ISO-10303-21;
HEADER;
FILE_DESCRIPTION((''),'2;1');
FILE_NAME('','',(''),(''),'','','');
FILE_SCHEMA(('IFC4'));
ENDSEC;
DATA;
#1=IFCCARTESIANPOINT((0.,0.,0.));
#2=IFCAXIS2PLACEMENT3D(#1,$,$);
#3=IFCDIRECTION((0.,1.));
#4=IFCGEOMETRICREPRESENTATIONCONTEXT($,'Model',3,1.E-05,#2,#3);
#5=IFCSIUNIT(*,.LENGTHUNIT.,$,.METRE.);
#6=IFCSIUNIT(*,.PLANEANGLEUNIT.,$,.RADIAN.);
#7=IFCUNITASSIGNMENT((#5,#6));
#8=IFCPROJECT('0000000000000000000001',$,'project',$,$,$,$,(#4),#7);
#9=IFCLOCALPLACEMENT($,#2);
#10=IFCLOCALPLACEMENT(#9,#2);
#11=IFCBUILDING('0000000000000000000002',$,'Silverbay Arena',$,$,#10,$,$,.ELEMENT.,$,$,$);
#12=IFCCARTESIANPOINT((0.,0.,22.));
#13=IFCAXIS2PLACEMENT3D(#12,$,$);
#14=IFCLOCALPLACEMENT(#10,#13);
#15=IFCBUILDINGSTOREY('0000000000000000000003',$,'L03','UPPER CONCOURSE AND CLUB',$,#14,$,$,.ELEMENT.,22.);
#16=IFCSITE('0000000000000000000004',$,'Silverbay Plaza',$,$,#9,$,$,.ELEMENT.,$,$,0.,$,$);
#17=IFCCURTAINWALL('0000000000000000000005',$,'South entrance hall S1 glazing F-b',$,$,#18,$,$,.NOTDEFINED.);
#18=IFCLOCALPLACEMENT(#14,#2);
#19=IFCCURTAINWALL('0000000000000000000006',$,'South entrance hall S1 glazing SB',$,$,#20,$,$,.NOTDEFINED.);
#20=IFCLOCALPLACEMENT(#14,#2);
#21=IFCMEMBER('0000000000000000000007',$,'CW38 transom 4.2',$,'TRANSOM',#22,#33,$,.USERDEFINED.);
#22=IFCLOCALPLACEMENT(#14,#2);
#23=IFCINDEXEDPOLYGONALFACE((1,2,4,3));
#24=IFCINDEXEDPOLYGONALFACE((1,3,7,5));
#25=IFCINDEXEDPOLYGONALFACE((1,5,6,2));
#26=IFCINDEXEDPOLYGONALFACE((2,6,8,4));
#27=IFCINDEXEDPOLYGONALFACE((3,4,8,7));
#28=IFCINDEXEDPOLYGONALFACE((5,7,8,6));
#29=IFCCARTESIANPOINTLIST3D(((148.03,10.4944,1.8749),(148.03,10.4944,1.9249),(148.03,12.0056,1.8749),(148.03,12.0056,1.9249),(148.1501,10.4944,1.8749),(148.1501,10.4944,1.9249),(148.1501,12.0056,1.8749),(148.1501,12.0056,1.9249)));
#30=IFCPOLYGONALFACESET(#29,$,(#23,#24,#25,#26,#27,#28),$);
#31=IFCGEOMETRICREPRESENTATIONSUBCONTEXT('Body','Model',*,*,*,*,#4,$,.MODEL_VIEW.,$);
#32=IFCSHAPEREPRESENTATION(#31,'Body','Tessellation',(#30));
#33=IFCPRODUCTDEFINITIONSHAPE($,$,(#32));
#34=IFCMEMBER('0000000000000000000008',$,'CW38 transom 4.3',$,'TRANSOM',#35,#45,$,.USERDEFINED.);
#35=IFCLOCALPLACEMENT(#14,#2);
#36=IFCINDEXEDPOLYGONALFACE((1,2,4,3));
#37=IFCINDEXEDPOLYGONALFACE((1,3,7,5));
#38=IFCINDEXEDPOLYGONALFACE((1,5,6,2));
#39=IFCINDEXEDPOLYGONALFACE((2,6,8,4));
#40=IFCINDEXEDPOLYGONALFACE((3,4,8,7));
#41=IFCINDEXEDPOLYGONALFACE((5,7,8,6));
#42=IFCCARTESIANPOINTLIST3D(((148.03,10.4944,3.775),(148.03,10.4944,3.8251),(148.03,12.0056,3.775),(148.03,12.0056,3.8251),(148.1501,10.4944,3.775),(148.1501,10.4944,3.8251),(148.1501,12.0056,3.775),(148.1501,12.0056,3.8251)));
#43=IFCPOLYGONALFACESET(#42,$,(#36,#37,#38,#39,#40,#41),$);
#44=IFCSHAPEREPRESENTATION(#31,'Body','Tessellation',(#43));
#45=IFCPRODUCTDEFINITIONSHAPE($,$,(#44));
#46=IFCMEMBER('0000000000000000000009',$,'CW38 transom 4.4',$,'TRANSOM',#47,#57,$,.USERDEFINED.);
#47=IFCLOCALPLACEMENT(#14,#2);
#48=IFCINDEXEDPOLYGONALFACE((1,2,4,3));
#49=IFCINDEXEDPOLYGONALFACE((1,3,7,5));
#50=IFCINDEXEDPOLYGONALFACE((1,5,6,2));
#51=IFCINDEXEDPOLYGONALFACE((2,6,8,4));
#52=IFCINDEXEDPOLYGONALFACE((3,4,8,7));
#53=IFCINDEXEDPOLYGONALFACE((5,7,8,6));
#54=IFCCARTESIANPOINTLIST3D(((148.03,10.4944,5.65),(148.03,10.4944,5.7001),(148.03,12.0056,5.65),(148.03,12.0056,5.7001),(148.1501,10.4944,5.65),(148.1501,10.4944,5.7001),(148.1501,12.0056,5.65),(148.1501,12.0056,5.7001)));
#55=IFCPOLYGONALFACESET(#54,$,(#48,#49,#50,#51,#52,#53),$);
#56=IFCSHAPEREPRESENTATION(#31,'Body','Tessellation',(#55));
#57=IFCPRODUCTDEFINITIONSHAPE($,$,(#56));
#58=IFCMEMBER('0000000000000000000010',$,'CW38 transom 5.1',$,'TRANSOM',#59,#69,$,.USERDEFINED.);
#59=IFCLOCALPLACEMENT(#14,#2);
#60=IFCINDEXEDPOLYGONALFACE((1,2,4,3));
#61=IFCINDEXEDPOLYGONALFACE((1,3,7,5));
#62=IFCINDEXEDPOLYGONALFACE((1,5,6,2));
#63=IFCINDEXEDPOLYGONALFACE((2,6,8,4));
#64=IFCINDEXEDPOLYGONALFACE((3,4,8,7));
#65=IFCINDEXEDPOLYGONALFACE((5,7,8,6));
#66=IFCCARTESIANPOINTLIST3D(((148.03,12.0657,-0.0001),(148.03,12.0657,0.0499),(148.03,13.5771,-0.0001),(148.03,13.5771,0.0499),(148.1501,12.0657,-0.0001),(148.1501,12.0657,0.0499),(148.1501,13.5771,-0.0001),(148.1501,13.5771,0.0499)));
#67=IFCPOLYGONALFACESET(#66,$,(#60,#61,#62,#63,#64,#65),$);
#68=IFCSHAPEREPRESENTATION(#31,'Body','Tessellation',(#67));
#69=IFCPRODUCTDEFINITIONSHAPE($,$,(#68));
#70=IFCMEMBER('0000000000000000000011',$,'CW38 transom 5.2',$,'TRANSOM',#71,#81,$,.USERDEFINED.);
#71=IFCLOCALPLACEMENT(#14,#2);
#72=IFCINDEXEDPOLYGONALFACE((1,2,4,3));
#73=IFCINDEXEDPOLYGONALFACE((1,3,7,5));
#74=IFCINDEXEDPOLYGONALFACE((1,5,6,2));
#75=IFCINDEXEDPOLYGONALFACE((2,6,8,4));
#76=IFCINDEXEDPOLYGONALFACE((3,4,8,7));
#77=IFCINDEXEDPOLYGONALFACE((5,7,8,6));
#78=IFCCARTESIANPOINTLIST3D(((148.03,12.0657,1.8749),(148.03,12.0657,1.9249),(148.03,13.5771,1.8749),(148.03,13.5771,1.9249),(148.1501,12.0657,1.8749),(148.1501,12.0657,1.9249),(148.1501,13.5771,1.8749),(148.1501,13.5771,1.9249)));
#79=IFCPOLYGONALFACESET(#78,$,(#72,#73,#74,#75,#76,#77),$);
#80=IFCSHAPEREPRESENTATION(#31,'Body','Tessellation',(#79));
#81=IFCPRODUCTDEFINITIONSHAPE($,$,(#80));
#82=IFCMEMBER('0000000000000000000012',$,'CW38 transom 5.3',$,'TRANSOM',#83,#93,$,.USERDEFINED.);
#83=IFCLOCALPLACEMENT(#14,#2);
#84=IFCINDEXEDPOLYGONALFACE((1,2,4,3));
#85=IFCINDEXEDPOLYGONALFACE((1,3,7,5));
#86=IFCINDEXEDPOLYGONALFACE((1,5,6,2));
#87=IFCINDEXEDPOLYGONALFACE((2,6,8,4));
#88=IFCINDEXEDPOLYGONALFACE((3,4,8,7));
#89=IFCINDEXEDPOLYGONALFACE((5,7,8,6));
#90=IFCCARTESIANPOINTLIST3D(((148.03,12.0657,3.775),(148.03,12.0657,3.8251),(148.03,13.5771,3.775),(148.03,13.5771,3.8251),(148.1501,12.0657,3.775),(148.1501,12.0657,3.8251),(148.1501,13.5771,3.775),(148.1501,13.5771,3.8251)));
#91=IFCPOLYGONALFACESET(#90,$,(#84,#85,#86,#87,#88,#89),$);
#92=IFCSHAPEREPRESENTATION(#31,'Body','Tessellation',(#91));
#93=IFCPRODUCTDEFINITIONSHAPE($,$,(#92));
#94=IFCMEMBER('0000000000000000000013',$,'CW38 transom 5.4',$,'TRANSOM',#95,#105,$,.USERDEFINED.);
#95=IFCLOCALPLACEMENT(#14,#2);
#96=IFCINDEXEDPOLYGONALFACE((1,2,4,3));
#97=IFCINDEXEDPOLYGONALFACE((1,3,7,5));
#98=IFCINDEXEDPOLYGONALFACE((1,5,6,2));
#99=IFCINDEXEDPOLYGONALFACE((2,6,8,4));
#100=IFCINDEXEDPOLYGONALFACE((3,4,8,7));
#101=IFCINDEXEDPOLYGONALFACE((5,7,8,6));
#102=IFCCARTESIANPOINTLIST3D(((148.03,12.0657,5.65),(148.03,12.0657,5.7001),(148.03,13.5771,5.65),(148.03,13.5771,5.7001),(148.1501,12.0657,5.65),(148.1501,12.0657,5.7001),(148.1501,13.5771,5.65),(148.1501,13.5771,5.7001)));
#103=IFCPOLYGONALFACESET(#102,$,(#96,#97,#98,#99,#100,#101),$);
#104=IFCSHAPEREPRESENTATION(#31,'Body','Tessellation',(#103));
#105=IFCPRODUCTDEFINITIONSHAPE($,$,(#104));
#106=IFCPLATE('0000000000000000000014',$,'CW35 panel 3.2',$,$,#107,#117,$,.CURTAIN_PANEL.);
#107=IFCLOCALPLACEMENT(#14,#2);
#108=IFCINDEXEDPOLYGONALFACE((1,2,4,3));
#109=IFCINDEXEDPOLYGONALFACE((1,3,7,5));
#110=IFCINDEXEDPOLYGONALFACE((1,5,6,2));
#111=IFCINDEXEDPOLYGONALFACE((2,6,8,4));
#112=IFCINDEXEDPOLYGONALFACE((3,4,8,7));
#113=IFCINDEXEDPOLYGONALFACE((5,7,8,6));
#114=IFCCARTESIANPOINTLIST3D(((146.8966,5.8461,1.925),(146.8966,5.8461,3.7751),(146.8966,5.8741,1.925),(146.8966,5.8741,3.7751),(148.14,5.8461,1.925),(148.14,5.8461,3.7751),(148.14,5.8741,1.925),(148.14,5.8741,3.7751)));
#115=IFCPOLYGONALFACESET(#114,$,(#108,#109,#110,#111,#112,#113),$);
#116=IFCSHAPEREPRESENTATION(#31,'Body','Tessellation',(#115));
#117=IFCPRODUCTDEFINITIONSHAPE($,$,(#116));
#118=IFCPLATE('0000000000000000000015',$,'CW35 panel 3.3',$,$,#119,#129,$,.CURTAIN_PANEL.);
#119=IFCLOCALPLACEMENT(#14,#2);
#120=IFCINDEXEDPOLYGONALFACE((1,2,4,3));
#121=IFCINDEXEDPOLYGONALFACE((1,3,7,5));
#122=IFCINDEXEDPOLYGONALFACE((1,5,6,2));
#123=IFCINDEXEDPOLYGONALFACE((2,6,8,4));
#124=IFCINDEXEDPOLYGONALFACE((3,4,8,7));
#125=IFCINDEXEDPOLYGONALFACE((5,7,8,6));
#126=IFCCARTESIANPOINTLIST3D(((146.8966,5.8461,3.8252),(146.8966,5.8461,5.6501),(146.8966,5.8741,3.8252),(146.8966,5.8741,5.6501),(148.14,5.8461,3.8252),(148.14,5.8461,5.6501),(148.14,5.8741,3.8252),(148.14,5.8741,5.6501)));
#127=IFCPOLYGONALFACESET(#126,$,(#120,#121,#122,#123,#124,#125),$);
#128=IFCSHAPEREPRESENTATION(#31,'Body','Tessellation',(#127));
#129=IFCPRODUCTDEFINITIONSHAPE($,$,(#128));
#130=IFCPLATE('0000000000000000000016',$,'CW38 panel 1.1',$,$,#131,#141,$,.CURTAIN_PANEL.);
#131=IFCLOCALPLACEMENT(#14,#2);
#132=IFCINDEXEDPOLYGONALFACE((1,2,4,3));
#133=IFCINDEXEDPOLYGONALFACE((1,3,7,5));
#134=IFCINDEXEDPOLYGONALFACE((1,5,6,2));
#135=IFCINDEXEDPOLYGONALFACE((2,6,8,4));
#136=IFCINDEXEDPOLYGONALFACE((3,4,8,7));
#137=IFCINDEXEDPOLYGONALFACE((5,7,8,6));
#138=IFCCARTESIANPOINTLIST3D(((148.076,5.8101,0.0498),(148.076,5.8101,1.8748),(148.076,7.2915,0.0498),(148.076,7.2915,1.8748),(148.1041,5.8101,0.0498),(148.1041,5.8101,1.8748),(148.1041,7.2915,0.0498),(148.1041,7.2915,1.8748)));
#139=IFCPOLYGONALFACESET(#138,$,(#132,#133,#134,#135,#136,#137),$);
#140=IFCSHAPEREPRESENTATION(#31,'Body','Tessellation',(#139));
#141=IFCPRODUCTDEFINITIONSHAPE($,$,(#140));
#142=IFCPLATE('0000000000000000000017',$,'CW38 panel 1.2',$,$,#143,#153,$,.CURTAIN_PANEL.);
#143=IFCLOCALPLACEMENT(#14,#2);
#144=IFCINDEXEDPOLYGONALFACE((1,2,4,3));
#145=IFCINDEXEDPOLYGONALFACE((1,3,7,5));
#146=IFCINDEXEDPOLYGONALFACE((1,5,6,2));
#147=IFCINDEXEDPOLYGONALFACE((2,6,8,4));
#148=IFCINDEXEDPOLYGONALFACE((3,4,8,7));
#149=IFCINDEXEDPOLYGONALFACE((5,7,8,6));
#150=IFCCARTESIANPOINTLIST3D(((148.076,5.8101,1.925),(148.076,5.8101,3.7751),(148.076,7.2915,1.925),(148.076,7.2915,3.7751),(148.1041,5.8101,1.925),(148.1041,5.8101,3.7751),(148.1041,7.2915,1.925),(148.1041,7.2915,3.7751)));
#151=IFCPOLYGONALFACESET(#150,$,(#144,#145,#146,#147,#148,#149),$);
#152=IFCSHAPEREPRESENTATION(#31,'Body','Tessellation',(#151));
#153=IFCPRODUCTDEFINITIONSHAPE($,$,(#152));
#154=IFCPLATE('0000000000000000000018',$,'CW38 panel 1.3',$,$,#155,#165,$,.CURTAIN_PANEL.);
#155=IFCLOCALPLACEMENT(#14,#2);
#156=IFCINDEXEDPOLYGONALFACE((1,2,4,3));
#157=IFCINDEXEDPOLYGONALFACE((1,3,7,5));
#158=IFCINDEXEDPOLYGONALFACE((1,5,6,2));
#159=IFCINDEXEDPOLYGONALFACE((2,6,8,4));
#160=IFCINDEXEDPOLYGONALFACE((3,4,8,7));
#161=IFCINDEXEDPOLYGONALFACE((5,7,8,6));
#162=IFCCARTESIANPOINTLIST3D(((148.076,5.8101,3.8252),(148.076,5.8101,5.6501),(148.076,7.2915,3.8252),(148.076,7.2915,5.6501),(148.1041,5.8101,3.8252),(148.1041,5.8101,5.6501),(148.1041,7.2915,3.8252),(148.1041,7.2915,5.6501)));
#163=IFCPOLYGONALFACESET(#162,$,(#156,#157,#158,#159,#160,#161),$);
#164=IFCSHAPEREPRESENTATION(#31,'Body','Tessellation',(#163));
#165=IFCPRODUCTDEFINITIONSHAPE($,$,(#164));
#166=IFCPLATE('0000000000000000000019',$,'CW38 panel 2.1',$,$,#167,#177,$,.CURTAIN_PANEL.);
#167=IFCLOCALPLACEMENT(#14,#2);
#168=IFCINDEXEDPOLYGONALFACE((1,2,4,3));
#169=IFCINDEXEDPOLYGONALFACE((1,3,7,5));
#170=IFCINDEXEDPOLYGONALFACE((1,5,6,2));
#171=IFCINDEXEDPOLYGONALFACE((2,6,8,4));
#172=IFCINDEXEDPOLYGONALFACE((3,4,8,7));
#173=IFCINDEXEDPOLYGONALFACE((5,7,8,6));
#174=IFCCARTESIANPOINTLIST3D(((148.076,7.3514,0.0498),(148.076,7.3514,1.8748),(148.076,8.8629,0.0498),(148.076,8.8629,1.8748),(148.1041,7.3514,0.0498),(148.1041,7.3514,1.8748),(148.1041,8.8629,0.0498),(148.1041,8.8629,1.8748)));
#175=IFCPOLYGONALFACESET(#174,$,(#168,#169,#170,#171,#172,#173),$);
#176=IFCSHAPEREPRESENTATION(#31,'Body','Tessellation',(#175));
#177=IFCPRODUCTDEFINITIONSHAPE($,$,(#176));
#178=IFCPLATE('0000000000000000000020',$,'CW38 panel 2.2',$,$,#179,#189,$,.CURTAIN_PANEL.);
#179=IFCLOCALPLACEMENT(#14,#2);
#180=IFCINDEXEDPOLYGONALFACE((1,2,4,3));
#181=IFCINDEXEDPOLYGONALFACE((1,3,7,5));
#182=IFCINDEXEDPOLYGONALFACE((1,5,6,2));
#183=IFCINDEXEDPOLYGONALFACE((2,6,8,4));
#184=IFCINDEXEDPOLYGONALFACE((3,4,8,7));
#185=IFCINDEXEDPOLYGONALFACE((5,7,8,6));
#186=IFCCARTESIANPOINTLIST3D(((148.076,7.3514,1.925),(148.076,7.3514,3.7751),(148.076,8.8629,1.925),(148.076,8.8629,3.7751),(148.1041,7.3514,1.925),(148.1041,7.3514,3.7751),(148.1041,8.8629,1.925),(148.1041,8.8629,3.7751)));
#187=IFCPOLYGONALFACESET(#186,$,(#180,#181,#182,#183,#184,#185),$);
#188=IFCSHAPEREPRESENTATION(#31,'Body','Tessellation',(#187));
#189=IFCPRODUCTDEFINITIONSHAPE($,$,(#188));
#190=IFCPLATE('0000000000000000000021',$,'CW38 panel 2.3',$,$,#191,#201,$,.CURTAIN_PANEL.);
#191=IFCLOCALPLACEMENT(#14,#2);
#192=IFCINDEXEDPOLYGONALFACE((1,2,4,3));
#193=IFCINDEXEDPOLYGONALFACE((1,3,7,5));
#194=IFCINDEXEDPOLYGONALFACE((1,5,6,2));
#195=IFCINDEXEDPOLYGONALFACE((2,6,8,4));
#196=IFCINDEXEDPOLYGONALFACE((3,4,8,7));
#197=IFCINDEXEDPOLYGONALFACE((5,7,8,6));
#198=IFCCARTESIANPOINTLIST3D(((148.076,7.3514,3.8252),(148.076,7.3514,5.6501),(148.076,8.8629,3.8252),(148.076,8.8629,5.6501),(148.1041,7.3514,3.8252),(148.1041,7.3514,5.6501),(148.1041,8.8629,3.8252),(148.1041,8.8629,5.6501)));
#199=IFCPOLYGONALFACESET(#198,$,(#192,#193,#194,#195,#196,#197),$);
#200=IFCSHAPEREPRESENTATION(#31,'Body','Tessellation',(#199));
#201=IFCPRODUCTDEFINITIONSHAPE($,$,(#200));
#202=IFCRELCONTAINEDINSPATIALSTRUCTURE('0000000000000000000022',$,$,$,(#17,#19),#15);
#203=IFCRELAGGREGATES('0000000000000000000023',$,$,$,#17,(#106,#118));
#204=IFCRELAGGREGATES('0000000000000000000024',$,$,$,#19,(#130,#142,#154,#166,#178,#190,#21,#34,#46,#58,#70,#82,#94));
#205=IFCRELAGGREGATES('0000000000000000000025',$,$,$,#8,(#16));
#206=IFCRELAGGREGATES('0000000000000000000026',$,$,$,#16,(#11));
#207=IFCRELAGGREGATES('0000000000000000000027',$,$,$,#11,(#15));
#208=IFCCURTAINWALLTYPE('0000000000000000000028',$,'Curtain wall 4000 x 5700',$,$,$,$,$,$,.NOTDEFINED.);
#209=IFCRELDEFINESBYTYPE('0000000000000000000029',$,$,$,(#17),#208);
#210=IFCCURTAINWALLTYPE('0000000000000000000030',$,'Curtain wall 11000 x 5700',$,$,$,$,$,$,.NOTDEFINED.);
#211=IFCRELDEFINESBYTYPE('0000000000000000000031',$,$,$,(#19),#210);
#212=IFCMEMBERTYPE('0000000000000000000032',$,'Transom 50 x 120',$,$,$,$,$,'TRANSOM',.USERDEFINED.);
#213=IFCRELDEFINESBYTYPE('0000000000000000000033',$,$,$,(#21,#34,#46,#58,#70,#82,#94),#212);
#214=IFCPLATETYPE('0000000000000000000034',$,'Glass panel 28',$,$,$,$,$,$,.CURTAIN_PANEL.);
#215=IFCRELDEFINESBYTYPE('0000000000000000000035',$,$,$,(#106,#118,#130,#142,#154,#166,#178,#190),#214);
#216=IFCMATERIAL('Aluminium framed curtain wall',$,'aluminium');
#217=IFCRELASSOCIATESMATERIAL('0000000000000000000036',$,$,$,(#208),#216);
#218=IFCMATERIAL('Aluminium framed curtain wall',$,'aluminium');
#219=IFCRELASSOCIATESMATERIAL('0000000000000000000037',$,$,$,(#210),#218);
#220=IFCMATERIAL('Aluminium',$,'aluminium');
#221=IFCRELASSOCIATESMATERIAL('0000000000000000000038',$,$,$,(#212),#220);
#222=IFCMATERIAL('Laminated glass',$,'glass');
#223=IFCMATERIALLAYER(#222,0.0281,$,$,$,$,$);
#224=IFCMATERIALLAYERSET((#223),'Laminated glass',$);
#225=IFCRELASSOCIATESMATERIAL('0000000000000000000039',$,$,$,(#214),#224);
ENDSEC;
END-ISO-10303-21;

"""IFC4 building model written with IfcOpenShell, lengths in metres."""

from ifc_helpers import new_model, si_unit, direction, frame, origin, origin_2d, place, context, subcontext, project, spatial, rectangle, extrude, material, layer, layer_set, material_profile, profile_set, type_object, element, aggregate, save


model = new_model("IFC4")

# Units and contexts
model_context = context("Model", 3, precision=1e-05, world=origin(), true_north=direction((0.0, 1.0)))
body_context = subcontext(model_context, "Body", "Model", "MODEL_VIEW")
ifc_project = project(units=[si_unit("LENGTHUNIT", "METRE"), si_unit("PLANEANGLEUNIT", "RADIAN")], contexts=[model_context])

# Site, building, storey
site_placement = place(None, origin())
site = spatial("IfcSite", under=ifc_project, at=site_placement, Name="Silverbay Plaza", CompositionType="ELEMENT", RefElevation=0.0)
building_placement = place(site_placement, origin())
building = spatial("IfcBuilding", under=site, at=building_placement, Name="Silverbay Arena", CompositionType="ELEMENT")
storey_placement = place(building_placement, frame((0.0, 0.0, 22.0)))
storey = spatial("IfcBuildingStorey", under=building, at=storey_placement, Name="L03", Description="UPPER CONCOURSE AND CLUB", CompositionType="ELEMENT", Elevation=22.0)

# Curtain wall
ifc_material_1 = material(Name="Aluminium framed curtain wall", Category="aluminium")
curtain_wall_type_1 = type_object("IfcCurtainWallType", Name="Curtain wall 4000 x 5700", PredefinedType="NOTDEFINED", material=ifc_material_1)
curtain_wall_1_placement = place(storey_placement, origin())
curtain_wall_1 = element("IfcCurtainWall", 1, at=curtain_wall_1_placement, inside=storey, type_object=curtain_wall_type_1, Name="South entrance hall S1 glazing F-b", PredefinedType="NOTDEFINED")

# Curtain wall, members
ifc_material_2 = material(Name="Aluminium framed curtain wall", Category="aluminium")
curtain_wall_type_2 = type_object("IfcCurtainWallType", Name="Curtain wall 11000 x 5700", PredefinedType="NOTDEFINED", material=ifc_material_2)
curtain_wall_2_placement = place(storey_placement, origin())
curtain_wall_2 = element("IfcCurtainWall", 2, at=curtain_wall_2_placement, inside=storey, type_object=curtain_wall_type_2, Name="South entrance hall S1 glazing SB", PredefinedType="NOTDEFINED")
ifc_material_3 = material(Name="Aluminium", Category="aluminium")
ifc_material_profile_1 = material_profile(ifc_material_3, rectangle(XDim=0.1201, YDim=0.05, at=origin_2d()), Name="Transom 50 x 120")
ifc_profile_set_1 = profile_set([ifc_material_profile_1], Name="Aluminium")
member_type_1 = type_object("IfcMemberType", Name="Transom 50 x 120", ElementType="TRANSOM", PredefinedType="USERDEFINED", material=ifc_profile_set_1)
member_1_placement = place(storey_placement, frame((148.0901, 10.4944, 1.8999), z_axis=(0.0, 1.0, 0.0), x_axis=(-1.0, 0.0, 0.0)))
member_1 = element("IfcMember", 3, at=member_1_placement, type_object=member_type_1, Name="CW38 transom 4.2", ObjectType="TRANSOM", PredefinedType="USERDEFINED", context=body_context, shape_type="SweptSolid", body=[
    extrude(rectangle(XDim=0.1201, YDim=0.05, at=origin_2d()), origin(), (0.0, 0.0, 1.0), 1.5112),
])
member_2_placement = place(storey_placement, frame((148.0901, 10.4944, 3.8), z_axis=(0.0, 1.0, 0.0), x_axis=(-1.0, 0.0, 0.0)))
member_2 = element("IfcMember", 4, at=member_2_placement, type_object=member_type_1, Name="CW38 transom 4.3", ObjectType="TRANSOM", PredefinedType="USERDEFINED", context=body_context, shape_type="SweptSolid", body=[
    extrude(rectangle(XDim=0.1201, YDim=0.05, at=origin_2d()), origin(), (0.0, 0.0, 1.0), 1.5112),
])
member_3_placement = place(storey_placement, frame((148.0901, 10.4944, 5.675), z_axis=(0.0, 1.0, 0.0), x_axis=(-1.0, 0.0, 0.0)))
member_3 = element("IfcMember", 5, at=member_3_placement, type_object=member_type_1, Name="CW38 transom 4.4", ObjectType="TRANSOM", PredefinedType="USERDEFINED", context=body_context, shape_type="SweptSolid", body=[
    extrude(rectangle(XDim=0.1201, YDim=0.05, at=origin_2d()), origin(), (0.0, 0.0, 1.0), 1.5112),
])
member_4_placement = place(storey_placement, frame((148.0901, 12.0657, 0.0249), z_axis=(0.0, 1.0, 0.0), x_axis=(-1.0, 0.0, 0.0)))
member_4 = element("IfcMember", 6, at=member_4_placement, type_object=member_type_1, Name="CW38 transom 5.1", ObjectType="TRANSOM", PredefinedType="USERDEFINED", context=body_context, shape_type="SweptSolid", body=[
    extrude(rectangle(XDim=0.1201, YDim=0.05, at=origin_2d()), origin(), (0.0, 0.0, 1.0), 1.5115),
])
member_5_placement = place(storey_placement, frame((148.0901, 12.0657, 1.8999), z_axis=(0.0, 1.0, 0.0), x_axis=(-1.0, 0.0, 0.0)))
member_5 = element("IfcMember", 7, at=member_5_placement, type_object=member_type_1, Name="CW38 transom 5.2", ObjectType="TRANSOM", PredefinedType="USERDEFINED", context=body_context, shape_type="SweptSolid", body=[
    extrude(rectangle(XDim=0.1201, YDim=0.05, at=origin_2d()), origin(), (0.0, 0.0, 1.0), 1.5115),
])
member_6_placement = place(storey_placement, frame((148.0901, 12.0657, 3.8), z_axis=(0.0, 1.0, 0.0), x_axis=(-1.0, 0.0, 0.0)))
member_6 = element("IfcMember", 8, at=member_6_placement, type_object=member_type_1, Name="CW38 transom 5.3", ObjectType="TRANSOM", PredefinedType="USERDEFINED", context=body_context, shape_type="SweptSolid", body=[
    extrude(rectangle(XDim=0.1201, YDim=0.05, at=origin_2d()), origin(), (0.0, 0.0, 1.0), 1.5115),
])
member_7_placement = place(storey_placement, frame((148.0901, 12.0657, 5.675), z_axis=(0.0, 1.0, 0.0), x_axis=(-1.0, 0.0, 0.0)))
member_7 = element("IfcMember", 9, at=member_7_placement, type_object=member_type_1, Name="CW38 transom 5.4", ObjectType="TRANSOM", PredefinedType="USERDEFINED", context=body_context, shape_type="SweptSolid", body=[
    extrude(rectangle(XDim=0.1201, YDim=0.05, at=origin_2d()), origin(), (0.0, 0.0, 1.0), 1.5115),
])

# Plates
ifc_material_4 = material(Name="Laminated glass", Category="glass")
ifc_layer = layer(ifc_material_4, 0.0281)
ifc_layer_set = layer_set([ifc_layer], Name="Laminated glass")
plate_type = type_object("IfcPlateType", Name="Glass panel 28", PredefinedType="CURTAIN_PANEL", material=ifc_layer_set)
plate_1_placement = place(storey_placement, frame((147.5183, 5.8601, 1.925), z_axis=(0.0, 0.0, 1.0), x_axis=(1.0, 0.0, 0.0)))
plate_1 = element("IfcPlate", 10, at=plate_1_placement, type_object=plate_type, Name="CW35 panel 3.2", PredefinedType="CURTAIN_PANEL", context=body_context, shape_type="SweptSolid", body=[
    extrude(rectangle(XDim=1.2434, YDim=0.0281, at=origin_2d()), origin(), (0.0, 0.0, 1.0), 1.8501),
])
plate_2_placement = place(storey_placement, frame((147.5183, 5.8601, 3.8252), z_axis=(0.0, 0.0, 1.0), x_axis=(1.0, 0.0, 0.0)))
plate_2 = element("IfcPlate", 11, at=plate_2_placement, type_object=plate_type, Name="CW35 panel 3.3", PredefinedType="CURTAIN_PANEL", context=body_context, shape_type="SweptSolid", body=[
    extrude(rectangle(XDim=1.2434, YDim=0.0281, at=origin_2d()), origin(), (0.0, 0.0, 1.0), 1.825),
])
aggregate(curtain_wall_1, [plate_1, plate_2])
plate_3_placement = place(storey_placement, frame((148.0901, 6.5508, 0.0498), z_axis=(0.0, 0.0, 1.0), x_axis=(0.0, 1.0, 0.0)))
plate_3 = element("IfcPlate", 12, at=plate_3_placement, type_object=plate_type, Name="CW38 panel 1.1", PredefinedType="CURTAIN_PANEL", context=body_context, shape_type="SweptSolid", body=[
    extrude(rectangle(XDim=1.4814, YDim=0.0281, at=origin_2d()), origin(), (0.0, 0.0, 1.0), 1.825),
])
plate_4_placement = place(storey_placement, frame((148.0901, 6.5508, 1.925), z_axis=(0.0, 0.0, 1.0), x_axis=(0.0, 1.0, 0.0)))
plate_4 = element("IfcPlate", 13, at=plate_4_placement, type_object=plate_type, Name="CW38 panel 1.2", PredefinedType="CURTAIN_PANEL", context=body_context, shape_type="SweptSolid", body=[
    extrude(rectangle(XDim=1.4814, YDim=0.0281, at=origin_2d()), origin(), (0.0, 0.0, 1.0), 1.8501),
])
plate_5_placement = place(storey_placement, frame((148.0901, 6.5508, 3.8252), z_axis=(0.0, 0.0, 1.0), x_axis=(0.0, 1.0, 0.0)))
plate_5 = element("IfcPlate", 14, at=plate_5_placement, type_object=plate_type, Name="CW38 panel 1.3", PredefinedType="CURTAIN_PANEL", context=body_context, shape_type="SweptSolid", body=[
    extrude(rectangle(XDim=1.4814, YDim=0.0281, at=origin_2d()), origin(), (0.0, 0.0, 1.0), 1.825),
])
plate_6_placement = place(storey_placement, frame((148.0901, 8.1072, 0.0498), z_axis=(0.0, 0.0, 1.0), x_axis=(0.0, 1.0, 0.0)))
plate_6 = element("IfcPlate", 15, at=plate_6_placement, type_object=plate_type, Name="CW38 panel 2.1", PredefinedType="CURTAIN_PANEL", context=body_context, shape_type="SweptSolid", body=[
    extrude(rectangle(XDim=1.5115, YDim=0.0281, at=origin_2d()), origin(), (0.0, 0.0, 1.0), 1.825),
])
plate_7_placement = place(storey_placement, frame((148.0901, 8.1072, 1.925), z_axis=(0.0, 0.0, 1.0), x_axis=(0.0, 1.0, 0.0)))
plate_7 = element("IfcPlate", 16, at=plate_7_placement, type_object=plate_type, Name="CW38 panel 2.2", PredefinedType="CURTAIN_PANEL", context=body_context, shape_type="SweptSolid", body=[
    extrude(rectangle(XDim=1.5115, YDim=0.0281, at=origin_2d()), origin(), (0.0, 0.0, 1.0), 1.8501),
])
plate_8_placement = place(storey_placement, frame((148.0901, 8.1072, 3.8252), z_axis=(0.0, 0.0, 1.0), x_axis=(0.0, 1.0, 0.0)))
plate_8 = element("IfcPlate", 17, at=plate_8_placement, type_object=plate_type, Name="CW38 panel 2.3", PredefinedType="CURTAIN_PANEL", context=body_context, shape_type="SweptSolid", body=[
    extrude(rectangle(XDim=1.5115, YDim=0.0281, at=origin_2d()), origin(), (0.0, 0.0, 1.0), 1.825),
])
aggregate(curtain_wall_2, [plate_3, plate_4, plate_5, plate_6, plate_7, plate_8, member_1, member_2, member_3, member_4, member_5, member_6, member_7])

save(model, "model.ifc")
